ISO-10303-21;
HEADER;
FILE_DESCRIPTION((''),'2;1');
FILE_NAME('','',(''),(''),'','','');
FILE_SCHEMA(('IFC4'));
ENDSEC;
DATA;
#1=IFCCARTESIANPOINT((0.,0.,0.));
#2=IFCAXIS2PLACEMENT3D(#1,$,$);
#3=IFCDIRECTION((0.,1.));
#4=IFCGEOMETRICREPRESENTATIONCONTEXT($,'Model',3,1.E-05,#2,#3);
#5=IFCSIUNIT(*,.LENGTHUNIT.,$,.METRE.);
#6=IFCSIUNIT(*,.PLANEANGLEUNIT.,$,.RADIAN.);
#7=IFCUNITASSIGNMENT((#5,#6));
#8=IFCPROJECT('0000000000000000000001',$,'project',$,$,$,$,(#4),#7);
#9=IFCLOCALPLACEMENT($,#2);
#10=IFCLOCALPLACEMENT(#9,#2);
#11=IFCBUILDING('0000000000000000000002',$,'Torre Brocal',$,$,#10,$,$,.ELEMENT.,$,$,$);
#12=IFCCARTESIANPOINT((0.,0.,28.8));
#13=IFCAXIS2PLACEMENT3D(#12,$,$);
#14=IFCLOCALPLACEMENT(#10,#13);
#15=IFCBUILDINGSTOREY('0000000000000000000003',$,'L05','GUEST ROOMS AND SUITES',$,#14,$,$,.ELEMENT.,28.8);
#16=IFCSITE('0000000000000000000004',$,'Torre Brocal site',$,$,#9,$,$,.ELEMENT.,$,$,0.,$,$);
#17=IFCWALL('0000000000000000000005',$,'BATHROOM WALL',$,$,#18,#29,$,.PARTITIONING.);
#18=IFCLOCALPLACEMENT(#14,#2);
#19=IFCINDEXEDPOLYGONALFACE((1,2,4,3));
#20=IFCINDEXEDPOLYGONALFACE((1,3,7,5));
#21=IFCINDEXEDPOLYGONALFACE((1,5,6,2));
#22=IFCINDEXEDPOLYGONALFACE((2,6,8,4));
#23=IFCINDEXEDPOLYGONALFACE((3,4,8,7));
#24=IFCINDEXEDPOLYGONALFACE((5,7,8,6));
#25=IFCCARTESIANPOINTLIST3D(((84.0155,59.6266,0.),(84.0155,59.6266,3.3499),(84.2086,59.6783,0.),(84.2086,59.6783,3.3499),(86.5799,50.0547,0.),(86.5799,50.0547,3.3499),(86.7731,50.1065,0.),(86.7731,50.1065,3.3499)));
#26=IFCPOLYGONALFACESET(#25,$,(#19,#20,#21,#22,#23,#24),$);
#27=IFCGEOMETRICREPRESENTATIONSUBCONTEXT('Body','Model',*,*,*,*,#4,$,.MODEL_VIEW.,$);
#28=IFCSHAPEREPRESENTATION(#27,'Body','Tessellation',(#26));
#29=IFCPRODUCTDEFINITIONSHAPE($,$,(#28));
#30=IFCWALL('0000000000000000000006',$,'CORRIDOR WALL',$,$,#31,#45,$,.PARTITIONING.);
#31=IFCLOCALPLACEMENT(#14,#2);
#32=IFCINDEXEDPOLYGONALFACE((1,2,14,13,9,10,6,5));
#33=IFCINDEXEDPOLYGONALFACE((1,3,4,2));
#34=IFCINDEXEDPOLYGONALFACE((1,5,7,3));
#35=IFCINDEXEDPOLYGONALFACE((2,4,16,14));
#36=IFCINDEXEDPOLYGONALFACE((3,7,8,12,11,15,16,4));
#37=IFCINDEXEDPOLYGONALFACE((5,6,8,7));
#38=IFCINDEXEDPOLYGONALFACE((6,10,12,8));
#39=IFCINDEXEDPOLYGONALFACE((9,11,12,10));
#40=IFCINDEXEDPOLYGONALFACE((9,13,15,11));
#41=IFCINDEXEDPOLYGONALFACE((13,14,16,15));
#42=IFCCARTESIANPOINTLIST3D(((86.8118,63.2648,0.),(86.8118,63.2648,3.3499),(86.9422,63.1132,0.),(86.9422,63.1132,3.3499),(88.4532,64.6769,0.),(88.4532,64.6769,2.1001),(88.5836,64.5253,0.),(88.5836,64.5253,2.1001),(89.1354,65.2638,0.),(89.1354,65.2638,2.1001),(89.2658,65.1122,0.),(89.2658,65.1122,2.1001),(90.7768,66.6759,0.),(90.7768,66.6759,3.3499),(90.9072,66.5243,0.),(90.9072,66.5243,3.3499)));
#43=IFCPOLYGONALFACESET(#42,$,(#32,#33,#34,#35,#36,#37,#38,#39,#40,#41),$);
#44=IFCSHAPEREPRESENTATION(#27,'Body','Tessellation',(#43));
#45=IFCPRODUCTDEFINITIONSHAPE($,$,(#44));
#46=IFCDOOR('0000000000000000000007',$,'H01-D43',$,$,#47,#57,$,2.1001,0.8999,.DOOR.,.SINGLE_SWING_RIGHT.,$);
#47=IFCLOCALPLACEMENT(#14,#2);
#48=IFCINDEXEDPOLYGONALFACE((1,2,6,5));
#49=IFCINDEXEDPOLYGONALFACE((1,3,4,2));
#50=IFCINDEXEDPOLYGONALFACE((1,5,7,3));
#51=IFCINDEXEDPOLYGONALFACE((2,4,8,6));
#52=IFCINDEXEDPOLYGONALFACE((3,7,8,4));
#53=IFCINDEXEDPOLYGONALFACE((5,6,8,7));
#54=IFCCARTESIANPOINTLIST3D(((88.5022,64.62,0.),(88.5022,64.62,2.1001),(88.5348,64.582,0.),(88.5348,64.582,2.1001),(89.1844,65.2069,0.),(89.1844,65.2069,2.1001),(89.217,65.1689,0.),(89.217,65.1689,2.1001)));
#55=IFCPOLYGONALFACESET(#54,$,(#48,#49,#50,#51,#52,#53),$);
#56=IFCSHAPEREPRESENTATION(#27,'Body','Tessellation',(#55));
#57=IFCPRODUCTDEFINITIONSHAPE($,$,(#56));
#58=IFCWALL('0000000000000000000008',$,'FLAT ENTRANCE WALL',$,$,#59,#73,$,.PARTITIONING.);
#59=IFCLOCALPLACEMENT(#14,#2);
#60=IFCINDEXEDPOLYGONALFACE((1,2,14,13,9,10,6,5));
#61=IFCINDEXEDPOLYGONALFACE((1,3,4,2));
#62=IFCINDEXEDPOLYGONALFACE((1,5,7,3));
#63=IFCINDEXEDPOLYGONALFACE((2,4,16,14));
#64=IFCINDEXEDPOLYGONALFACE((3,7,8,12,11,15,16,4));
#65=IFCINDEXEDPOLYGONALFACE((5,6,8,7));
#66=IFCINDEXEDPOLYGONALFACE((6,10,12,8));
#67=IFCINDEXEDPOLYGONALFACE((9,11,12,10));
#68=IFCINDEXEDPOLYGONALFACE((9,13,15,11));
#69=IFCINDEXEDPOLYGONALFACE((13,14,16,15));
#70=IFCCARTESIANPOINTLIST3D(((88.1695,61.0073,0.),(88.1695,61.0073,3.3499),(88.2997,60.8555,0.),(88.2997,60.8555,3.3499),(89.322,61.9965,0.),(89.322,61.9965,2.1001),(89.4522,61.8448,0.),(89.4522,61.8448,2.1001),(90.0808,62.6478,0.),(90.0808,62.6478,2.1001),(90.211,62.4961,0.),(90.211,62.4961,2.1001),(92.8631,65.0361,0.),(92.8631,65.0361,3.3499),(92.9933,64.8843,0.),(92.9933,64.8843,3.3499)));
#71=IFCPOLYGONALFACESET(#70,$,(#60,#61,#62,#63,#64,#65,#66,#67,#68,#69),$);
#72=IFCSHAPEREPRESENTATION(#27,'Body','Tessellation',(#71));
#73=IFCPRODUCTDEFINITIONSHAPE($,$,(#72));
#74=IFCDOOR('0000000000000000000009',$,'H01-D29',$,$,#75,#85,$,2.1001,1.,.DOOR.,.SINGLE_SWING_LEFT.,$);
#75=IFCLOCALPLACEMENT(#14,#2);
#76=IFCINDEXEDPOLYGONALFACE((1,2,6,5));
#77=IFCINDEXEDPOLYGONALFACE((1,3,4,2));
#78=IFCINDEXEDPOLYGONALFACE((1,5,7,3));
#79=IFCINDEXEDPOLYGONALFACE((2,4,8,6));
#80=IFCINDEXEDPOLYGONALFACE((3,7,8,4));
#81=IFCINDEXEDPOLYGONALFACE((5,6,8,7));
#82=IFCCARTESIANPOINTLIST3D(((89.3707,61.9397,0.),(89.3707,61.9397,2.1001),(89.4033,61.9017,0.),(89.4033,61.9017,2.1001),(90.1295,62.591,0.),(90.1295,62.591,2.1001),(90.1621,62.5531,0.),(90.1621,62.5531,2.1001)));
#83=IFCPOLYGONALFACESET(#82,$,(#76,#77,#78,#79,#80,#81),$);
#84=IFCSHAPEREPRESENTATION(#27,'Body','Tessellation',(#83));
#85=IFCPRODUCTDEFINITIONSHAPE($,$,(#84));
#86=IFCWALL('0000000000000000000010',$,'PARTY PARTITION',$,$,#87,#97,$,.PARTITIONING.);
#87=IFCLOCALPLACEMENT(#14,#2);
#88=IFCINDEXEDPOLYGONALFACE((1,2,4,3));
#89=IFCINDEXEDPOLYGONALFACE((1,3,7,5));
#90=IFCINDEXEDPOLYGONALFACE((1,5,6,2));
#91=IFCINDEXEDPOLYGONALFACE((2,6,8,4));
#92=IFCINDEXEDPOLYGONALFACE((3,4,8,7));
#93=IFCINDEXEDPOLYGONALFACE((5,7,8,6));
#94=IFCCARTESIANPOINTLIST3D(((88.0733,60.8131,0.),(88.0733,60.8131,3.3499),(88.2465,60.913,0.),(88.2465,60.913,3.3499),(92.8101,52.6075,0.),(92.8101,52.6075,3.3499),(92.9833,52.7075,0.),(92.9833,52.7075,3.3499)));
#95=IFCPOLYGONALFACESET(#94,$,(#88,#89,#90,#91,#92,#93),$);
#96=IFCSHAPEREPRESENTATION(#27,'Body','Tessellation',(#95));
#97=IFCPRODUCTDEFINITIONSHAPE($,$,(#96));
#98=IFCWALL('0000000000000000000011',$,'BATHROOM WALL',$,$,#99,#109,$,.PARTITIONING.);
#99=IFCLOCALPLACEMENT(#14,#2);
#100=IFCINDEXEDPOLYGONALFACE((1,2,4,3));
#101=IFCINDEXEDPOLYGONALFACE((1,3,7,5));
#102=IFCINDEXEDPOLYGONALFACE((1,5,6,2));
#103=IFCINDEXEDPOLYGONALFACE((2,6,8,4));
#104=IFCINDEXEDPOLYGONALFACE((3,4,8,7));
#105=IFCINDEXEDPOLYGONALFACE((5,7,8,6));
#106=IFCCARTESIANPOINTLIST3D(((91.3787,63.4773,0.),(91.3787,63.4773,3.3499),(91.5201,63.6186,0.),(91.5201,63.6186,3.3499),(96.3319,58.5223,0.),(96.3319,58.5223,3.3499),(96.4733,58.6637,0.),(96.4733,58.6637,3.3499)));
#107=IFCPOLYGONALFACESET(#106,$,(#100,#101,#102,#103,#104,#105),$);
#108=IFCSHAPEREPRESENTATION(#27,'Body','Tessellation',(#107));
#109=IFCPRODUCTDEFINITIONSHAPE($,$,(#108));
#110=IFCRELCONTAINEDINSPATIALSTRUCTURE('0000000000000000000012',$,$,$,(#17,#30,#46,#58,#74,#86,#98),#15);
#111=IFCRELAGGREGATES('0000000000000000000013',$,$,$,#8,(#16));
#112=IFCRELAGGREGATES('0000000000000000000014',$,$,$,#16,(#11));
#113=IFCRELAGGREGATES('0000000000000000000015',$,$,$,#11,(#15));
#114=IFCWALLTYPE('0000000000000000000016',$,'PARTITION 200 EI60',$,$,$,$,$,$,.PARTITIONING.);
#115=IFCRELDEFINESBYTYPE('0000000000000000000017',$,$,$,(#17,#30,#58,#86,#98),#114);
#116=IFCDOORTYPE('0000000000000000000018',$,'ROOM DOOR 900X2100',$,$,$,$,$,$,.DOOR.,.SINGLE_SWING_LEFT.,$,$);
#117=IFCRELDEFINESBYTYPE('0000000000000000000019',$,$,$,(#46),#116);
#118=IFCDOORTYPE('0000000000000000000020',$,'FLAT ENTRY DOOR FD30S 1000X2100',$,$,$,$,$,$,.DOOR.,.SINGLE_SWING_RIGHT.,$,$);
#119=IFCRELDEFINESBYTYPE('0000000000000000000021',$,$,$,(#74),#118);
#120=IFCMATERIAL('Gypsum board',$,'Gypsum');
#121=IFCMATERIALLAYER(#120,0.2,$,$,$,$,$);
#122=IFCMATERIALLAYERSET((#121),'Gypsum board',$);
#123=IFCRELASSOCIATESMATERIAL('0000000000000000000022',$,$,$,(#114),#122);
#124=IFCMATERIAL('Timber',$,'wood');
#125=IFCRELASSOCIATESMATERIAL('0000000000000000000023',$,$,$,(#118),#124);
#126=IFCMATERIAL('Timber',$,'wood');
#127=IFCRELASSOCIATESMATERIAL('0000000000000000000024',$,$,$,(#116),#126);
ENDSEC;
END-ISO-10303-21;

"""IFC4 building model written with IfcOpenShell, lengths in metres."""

from ifc_helpers import new_model, si_unit, direction, frame, frame_2d, origin, place, context, subcontext, project, spatial, rectangle, extrude, material, layer, layer_set, type_object, element, fill, save


model = new_model("IFC4")

# Units and contexts
model_context = context("Model", 3, precision=1e-05, world=origin(), true_north=direction((0.0, 1.0)))
body_context = subcontext(model_context, "Body", "Model", "MODEL_VIEW")
ifc_project = project(units=[si_unit("LENGTHUNIT", "METRE"), si_unit("PLANEANGLEUNIT", "RADIAN")], contexts=[model_context])

# Site, building, storey
site_placement = place(None, origin())
site = spatial("IfcSite", under=ifc_project, at=site_placement, Name="Torre Brocal site", CompositionType="ELEMENT", RefElevation=0.0)
building_placement = place(site_placement, origin())
building = spatial("IfcBuilding", under=site, at=building_placement, Name="Torre Brocal", CompositionType="ELEMENT")
storey_placement = place(building_placement, frame((0.0, 0.0, 28.8)))
storey = spatial("IfcBuildingStorey", under=building, at=storey_placement, Name="L05", Description="GUEST ROOMS AND SUITES", CompositionType="ELEMENT", Elevation=28.8)

# Shared definitions
ifc_material_1 = material(Name="Gypsum board", Category="Gypsum")
ifc_layer_1 = layer(ifc_material_1, 0.2)
ifc_layer_set_1 = layer_set([ifc_layer_1], Name="Gypsum board")
wall_type_1 = type_object("IfcWallType", Name="PARTITION 200 EI60", PredefinedType="PARTITIONING", material=ifc_layer_set_1)

# Shared definitions
ifc_material_2 = material(Name="Timber", Category="wood")
door_type_1 = type_object("IfcDoorType", Name="FLAT ENTRY DOOR FD30S 1000X2100", OperationType="SINGLE_SWING_RIGHT", PredefinedType="DOOR", material=ifc_material_2)

# Wall
wall_1_placement = place(storey_placement, frame((84.1121, 59.6523, 0.0), z_axis=(0.0, 0.0, 1.0), x_axis=(0.258791, -0.965933, 0.0)))
element("IfcWall", 1, at=wall_1_placement, inside=storey, type_object=wall_type_1, Name="BATHROOM WALL", PredefinedType="PARTITIONING", context=body_context, shape_type="SweptSolid", body=[
    extrude(rectangle(XDim=9.9094, YDim=0.2, at=frame_2d((4.9546, 0.0))), origin(), (0.0, 0.0, 1.0), 3.3499),
])

# Walls, openings, doors
wall_2_placement = place(storey_placement, frame((86.877, 63.189, 0.0), z_axis=(0.0, 0.0, 1.0), x_axis=(0.758076, 0.652166, 0.0)))
wall_2 = element("IfcWall", 2, at=wall_2_placement, inside=storey, type_object=wall_type_1, Name="CORRIDOR WALL", PredefinedType="PARTITIONING", context=body_context, shape_type="SweptSolid", body=[
    extrude(rectangle(XDim=5.2305, YDim=0.2, at=frame_2d((2.6152, 0.0))), origin(), (0.0, 0.0, 1.0), 3.3499),
])
opening_1_placement = place(wall_2_placement, frame((2.1653, 0.0, 0.0)))
opening_1 = element("IfcOpeningElement", 3, at=opening_1_placement, cuts=wall_2, PredefinedType="OPENING", context=body_context, shape_type="SweptSolid", body=[
    extrude(rectangle(XDim=0.8999, YDim=2.1001, at=frame_2d((0.45, 1.05))), frame((0.0, 0.1099, 0.0), z_axis=(0.0, -1.0, 0.0), x_axis=(1.0, 0.0, 0.0)), (0.0, 0.0, 1.0), 0.22),
])
ifc_material_3 = material(Name="Timber", Category="wood")
door_type_2 = type_object("IfcDoorType", Name="ROOM DOOR 900X2100", OperationType="SINGLE_SWING_LEFT", PredefinedType="DOOR", material=ifc_material_3)
door_1_placement = place(opening_1_placement, origin())
door_1 = element("IfcDoor", 4, at=door_1_placement, inside=storey, type_object=door_type_2, Name="H01-D43", OperationType="SINGLE_SWING_RIGHT", OverallHeight=2.1001, OverallWidth=0.8999, PredefinedType="DOOR", context=body_context, shape_type="SweptSolid", body=[
    extrude(rectangle(XDim=0.8999, YDim=2.1001, at=frame_2d((0.45, 1.05))), frame((0.0, 0.0249, 0.0), z_axis=(0.0, -1.0, 0.0), x_axis=(1.0, 0.0, 0.0)), (0.0, 0.0, 1.0), 0.05),
])
fill(opening_1, door_1)
wall_3_placement = place(storey_placement, frame((88.2346, 60.9314, 0.0), z_axis=(0.0, 0.0, 1.0), x_axis=(0.758799, 0.651324, 0.0)))
wall_3 = element("IfcWall", 5, at=wall_3_placement, inside=storey, type_object=wall_type_1, Name="FLAT ENTRANCE WALL", PredefinedType="PARTITIONING", context=body_context, shape_type="SweptSolid", body=[
    extrude(rectangle(XDim=6.1855, YDim=0.2, at=frame_2d((3.0928, 0.0))), origin(), (0.0, 0.0, 1.0), 3.3499),
])
opening_2_placement = place(wall_3_placement, frame((1.5188, 0.0, 0.0)))
opening_2 = element("IfcOpeningElement", 6, at=opening_2_placement, cuts=wall_3, PredefinedType="OPENING", context=body_context, shape_type="SweptSolid", body=[
    extrude(rectangle(XDim=1.0, YDim=2.1001, at=frame_2d((0.5, 1.05))), frame((0.0, 0.1099, 0.0), z_axis=(0.0, -1.0, 0.0), x_axis=(1.0, 0.0, 0.0)), (0.0, 0.0, 1.0), 0.22),
])
door_2_placement = place(opening_2_placement, frame((1.0, 0.0, 0.0), z_axis=(0.0, 0.0, 1.0), x_axis=(-1.0, 0.0, 0.0)))
door_2 = element("IfcDoor", 7, at=door_2_placement, inside=storey, type_object=door_type_1, Name="H01-D29", OperationType="SINGLE_SWING_LEFT", OverallHeight=2.1001, OverallWidth=1.0, PredefinedType="DOOR", context=body_context, shape_type="SweptSolid", body=[
    extrude(rectangle(XDim=1.0, YDim=2.1001, at=frame_2d((0.5, 1.05))), frame((0.0, 0.0249, 0.0), z_axis=(0.0, -1.0, 0.0), x_axis=(1.0, 0.0, 0.0)), (0.0, 0.0, 1.0), 0.05),
])
fill(opening_2, door_2)

# Walls
wall_4_placement = place(storey_placement, frame((88.1599, 60.863, 0.0), z_axis=(0.0, 0.0, 1.0), x_axis=(0.499947, -0.866056, 0.0)))
element("IfcWall", 8, at=wall_4_placement, inside=storey, type_object=wall_type_1, Name="PARTY PARTITION", PredefinedType="PARTITIONING", context=body_context, shape_type="SweptSolid", body=[
    extrude(rectangle(XDim=9.4746, YDim=0.2, at=frame_2d((4.7373, 0.0))), origin(), (0.0, 0.0, 1.0), 3.3499),
])
wall_5_placement = place(storey_placement, frame((91.4495, 63.5479, 0.0), z_axis=(0.0, 0.0, 1.0), x_axis=(0.706985, -0.707229, 0.0)))
element("IfcWall", 9, at=wall_5_placement, inside=storey, type_object=wall_type_1, Name="BATHROOM WALL", PredefinedType="PARTITIONING", context=body_context, shape_type="SweptSolid", body=[
    extrude(rectangle(XDim=7.0061, YDim=0.2, at=frame_2d((3.5029, 0.0))), origin(), (0.0, 0.0, 1.0), 3.3499),
])

save(model, "model.ifc")
